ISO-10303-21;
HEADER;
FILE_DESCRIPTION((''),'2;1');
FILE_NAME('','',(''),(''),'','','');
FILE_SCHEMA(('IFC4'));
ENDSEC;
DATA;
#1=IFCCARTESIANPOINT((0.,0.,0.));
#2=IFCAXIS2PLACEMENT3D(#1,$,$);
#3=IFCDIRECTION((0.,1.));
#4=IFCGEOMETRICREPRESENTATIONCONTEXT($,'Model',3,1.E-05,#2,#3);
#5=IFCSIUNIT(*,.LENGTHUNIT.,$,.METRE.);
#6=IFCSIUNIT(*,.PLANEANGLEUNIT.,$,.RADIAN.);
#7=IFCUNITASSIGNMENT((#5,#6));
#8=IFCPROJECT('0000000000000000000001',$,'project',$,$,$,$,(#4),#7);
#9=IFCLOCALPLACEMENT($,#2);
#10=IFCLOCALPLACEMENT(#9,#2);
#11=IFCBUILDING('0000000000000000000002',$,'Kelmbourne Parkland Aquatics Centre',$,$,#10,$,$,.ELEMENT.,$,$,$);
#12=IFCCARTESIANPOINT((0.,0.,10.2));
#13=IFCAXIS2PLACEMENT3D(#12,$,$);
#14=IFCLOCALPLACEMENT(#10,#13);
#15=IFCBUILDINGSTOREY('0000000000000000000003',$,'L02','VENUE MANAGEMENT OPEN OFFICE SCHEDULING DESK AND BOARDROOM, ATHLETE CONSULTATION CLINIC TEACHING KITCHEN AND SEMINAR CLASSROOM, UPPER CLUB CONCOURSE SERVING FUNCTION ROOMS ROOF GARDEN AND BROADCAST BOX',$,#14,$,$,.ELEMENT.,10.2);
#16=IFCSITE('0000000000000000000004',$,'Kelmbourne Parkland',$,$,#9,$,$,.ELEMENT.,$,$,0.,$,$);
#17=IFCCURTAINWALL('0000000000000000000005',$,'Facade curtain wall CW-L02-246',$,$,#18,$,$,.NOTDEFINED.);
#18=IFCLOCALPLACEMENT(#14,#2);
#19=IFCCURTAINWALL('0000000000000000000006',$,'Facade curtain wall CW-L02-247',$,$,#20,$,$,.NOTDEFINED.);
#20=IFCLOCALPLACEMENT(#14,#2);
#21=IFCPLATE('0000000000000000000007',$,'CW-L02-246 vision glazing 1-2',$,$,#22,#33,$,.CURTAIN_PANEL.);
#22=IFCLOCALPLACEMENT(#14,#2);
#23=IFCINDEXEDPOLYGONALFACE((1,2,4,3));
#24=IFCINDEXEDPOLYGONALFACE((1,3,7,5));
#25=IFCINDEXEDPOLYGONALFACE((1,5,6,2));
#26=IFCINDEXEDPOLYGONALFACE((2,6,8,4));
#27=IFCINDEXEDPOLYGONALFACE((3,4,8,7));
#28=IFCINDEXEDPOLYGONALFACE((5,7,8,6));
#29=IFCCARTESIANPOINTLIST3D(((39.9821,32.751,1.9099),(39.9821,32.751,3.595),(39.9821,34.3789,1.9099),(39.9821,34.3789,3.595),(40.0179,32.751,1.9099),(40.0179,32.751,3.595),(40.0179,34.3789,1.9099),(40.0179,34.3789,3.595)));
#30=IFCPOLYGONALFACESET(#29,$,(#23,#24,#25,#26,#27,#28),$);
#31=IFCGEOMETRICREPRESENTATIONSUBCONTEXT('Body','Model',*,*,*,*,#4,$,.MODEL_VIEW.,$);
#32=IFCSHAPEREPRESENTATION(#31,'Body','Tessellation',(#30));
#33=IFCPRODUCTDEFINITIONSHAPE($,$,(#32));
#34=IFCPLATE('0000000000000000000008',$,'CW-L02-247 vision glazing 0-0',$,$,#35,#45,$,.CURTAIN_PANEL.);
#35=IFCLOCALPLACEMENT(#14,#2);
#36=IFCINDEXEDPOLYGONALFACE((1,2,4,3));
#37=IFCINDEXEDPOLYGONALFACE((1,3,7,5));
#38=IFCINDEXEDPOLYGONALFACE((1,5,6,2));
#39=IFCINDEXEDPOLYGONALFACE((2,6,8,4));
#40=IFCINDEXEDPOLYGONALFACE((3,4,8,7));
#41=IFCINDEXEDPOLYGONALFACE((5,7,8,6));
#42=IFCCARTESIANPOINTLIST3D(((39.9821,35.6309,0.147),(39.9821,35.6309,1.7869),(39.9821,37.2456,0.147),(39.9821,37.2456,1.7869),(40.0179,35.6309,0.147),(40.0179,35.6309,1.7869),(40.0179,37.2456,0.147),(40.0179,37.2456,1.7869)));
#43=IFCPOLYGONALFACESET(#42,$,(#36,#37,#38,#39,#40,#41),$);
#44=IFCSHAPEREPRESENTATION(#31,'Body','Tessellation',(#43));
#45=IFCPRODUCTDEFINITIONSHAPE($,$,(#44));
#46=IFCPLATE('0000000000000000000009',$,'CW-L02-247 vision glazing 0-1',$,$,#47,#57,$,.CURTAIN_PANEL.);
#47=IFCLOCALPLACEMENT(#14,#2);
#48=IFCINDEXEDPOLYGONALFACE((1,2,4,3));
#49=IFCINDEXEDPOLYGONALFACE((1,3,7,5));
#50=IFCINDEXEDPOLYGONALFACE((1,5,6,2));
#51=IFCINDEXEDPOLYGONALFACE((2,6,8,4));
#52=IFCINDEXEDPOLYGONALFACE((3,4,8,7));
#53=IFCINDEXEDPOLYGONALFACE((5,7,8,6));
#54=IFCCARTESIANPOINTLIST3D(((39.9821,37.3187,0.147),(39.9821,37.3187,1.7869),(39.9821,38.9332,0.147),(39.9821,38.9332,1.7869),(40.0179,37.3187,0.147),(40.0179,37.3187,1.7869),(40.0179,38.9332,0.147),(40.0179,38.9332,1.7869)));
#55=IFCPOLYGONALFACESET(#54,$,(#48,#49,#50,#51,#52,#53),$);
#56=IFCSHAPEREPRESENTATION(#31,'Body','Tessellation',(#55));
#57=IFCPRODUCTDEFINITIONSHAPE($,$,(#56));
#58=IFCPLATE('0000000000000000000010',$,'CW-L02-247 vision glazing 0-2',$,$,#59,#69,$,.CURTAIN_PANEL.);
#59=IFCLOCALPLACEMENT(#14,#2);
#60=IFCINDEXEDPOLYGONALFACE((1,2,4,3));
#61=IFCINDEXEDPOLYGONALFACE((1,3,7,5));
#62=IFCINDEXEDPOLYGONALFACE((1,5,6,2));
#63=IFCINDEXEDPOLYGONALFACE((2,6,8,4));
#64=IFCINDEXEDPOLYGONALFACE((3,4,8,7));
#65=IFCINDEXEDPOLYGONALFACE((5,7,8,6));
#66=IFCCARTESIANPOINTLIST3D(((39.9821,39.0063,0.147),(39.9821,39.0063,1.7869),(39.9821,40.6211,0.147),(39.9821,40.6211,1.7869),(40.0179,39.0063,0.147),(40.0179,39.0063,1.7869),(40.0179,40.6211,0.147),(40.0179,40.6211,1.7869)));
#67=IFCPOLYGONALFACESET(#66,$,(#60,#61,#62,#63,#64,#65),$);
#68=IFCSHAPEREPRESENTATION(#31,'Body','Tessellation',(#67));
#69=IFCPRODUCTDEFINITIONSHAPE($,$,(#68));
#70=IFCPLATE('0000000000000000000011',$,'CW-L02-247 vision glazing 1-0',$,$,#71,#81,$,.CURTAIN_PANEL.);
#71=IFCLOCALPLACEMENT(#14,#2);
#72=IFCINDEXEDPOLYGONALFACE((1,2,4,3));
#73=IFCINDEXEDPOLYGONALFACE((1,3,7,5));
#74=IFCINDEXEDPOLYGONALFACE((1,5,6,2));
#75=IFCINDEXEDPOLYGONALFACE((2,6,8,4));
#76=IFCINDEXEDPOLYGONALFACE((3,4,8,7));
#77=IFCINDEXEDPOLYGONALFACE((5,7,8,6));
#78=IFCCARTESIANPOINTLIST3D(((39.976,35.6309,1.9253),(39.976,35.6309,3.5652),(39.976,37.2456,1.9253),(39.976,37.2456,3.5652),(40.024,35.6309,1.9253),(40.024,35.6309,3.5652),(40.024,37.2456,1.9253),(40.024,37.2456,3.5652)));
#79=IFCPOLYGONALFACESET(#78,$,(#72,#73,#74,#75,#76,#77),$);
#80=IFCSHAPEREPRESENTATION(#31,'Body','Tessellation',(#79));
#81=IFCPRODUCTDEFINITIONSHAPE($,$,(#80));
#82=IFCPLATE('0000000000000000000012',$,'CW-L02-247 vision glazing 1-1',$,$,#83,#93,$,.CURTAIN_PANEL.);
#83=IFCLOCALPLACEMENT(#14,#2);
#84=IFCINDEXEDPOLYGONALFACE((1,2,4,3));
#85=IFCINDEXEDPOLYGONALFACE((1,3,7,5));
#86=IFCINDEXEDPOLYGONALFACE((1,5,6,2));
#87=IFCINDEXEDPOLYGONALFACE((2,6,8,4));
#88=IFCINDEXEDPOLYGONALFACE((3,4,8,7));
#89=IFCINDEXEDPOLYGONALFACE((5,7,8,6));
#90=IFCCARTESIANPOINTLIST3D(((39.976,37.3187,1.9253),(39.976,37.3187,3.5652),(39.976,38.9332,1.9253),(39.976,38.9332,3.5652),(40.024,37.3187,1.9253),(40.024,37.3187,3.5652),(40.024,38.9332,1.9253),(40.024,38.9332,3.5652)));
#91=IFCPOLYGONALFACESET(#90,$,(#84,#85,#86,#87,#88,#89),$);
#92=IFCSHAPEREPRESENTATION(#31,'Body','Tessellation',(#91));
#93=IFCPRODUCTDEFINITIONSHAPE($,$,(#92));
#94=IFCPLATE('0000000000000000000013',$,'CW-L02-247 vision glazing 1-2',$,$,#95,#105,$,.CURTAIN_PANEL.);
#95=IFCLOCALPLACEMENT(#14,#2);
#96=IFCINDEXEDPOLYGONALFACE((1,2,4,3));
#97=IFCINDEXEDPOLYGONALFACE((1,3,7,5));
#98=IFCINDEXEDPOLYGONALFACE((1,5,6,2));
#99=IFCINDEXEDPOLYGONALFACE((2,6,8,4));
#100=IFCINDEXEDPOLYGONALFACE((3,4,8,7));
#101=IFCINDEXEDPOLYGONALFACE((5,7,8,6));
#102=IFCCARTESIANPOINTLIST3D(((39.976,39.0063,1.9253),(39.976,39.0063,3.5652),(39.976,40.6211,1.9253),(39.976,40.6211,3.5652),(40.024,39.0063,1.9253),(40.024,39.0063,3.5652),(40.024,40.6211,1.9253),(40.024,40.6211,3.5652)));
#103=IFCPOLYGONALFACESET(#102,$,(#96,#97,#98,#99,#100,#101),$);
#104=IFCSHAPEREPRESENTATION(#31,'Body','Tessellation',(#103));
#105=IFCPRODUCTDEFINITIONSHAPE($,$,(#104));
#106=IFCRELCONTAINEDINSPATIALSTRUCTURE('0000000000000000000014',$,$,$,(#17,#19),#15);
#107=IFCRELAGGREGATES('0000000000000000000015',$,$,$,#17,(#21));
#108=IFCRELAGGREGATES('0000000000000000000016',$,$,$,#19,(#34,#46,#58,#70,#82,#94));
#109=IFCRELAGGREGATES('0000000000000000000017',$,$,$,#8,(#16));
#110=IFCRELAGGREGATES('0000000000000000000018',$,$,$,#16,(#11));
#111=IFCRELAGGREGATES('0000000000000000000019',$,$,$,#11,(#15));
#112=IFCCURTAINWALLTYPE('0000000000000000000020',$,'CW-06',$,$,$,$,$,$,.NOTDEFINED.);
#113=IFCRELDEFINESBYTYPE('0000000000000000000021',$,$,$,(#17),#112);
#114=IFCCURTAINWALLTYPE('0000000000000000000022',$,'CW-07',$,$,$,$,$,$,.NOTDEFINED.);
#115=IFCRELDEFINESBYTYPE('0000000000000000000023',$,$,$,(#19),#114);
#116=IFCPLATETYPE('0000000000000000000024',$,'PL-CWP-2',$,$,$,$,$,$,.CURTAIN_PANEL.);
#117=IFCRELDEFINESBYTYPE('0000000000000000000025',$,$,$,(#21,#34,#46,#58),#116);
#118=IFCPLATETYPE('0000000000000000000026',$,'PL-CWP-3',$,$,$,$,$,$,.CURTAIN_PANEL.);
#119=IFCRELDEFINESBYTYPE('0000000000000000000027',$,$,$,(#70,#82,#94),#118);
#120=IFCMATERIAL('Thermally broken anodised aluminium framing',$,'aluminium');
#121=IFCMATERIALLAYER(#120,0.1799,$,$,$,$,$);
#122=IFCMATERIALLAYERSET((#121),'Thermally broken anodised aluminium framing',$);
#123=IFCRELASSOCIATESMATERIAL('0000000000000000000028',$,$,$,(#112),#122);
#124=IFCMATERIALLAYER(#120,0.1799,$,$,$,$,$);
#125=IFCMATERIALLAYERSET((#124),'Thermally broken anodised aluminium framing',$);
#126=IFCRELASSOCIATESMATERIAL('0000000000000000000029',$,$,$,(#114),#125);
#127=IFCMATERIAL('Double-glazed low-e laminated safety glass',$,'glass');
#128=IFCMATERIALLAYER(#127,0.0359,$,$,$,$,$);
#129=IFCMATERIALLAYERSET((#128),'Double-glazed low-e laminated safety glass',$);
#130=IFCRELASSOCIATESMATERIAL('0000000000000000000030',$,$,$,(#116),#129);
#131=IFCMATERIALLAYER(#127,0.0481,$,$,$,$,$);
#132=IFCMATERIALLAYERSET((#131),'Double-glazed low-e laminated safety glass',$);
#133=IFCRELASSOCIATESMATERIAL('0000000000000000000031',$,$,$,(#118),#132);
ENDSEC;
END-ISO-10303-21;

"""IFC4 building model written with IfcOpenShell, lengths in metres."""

from ifc_helpers import new_model, si_unit, direction, frame, origin, origin_2d, place, context, subcontext, project, spatial, rectangle, extrude, material, layer, layer_set, type_object, element, aggregate, save


model = new_model("IFC4")

# Units and contexts
model_context = context("Model", 3, precision=1e-05, world=origin(), true_north=direction((0.0, 1.0)))
body_context = subcontext(model_context, "Body", "Model", "MODEL_VIEW")
ifc_project = project(units=[si_unit("LENGTHUNIT", "METRE"), si_unit("PLANEANGLEUNIT", "RADIAN")], contexts=[model_context])

# Site, building, storey
site_placement = place(None, origin())
site = spatial("IfcSite", under=ifc_project, at=site_placement, Name="Kelmbourne Parkland", CompositionType="ELEMENT", RefElevation=0.0)
building_placement = place(site_placement, origin())
building = spatial("IfcBuilding", under=site, at=building_placement, Name="Kelmbourne Parkland Aquatics Centre", CompositionType="ELEMENT")
storey_placement = place(building_placement, frame((0.0, 0.0, 10.2)))
storey = spatial("IfcBuildingStorey", under=building, at=storey_placement, Name="L02", Description="VENUE MANAGEMENT OPEN OFFICE SCHEDULING DESK AND BOARDROOM, ATHLETE CONSULTATION CLINIC TEACHING KITCHEN AND SEMINAR CLASSROOM, UPPER CLUB CONCOURSE SERVING FUNCTION ROOMS ROOF GARDEN AND BROADCAST BOX", CompositionType="ELEMENT", Elevation=10.2)

# Curtain wall
ifc_material_1 = material(Name="Thermally broken anodised aluminium framing", Category="aluminium")
ifc_layer_1 = layer(ifc_material_1, 0.1799)
ifc_layer_set_1 = layer_set([ifc_layer_1], Name="Thermally broken anodised aluminium framing")
curtain_wall_type_1 = type_object("IfcCurtainWallType", Name="CW-06", PredefinedType="NOTDEFINED", material=ifc_layer_set_1)
curtain_wall_1_placement = place(storey_placement, origin())
curtain_wall_1 = element("IfcCurtainWall", 1, at=curtain_wall_1_placement, inside=storey, type_object=curtain_wall_type_1, Name="Facade curtain wall CW-L02-246", PredefinedType="NOTDEFINED")

# Curtain wall
ifc_layer_2 = layer(ifc_material_1, 0.1799)
ifc_layer_set_2 = layer_set([ifc_layer_2], Name="Thermally broken anodised aluminium framing")
curtain_wall_type_2 = type_object("IfcCurtainWallType", Name="CW-07", PredefinedType="NOTDEFINED", material=ifc_layer_set_2)
curtain_wall_2_placement = place(storey_placement, origin())
curtain_wall_2 = element("IfcCurtainWall", 2, at=curtain_wall_2_placement, inside=storey, type_object=curtain_wall_type_2, Name="Facade curtain wall CW-L02-247", PredefinedType="NOTDEFINED")

# Plates
ifc_material_2 = material(Name="Double-glazed low-e laminated safety glass", Category="glass")
ifc_layer_3 = layer(ifc_material_2, 0.0359)
ifc_layer_set_3 = layer_set([ifc_layer_3], Name="Double-glazed low-e laminated safety glass")
plate_type_1 = type_object("IfcPlateType", Name="PL-CWP-2", PredefinedType="CURTAIN_PANEL", material=ifc_layer_set_3)
plate_1_placement = place(storey_placement, frame((40.0, 33.5649, 1.9099), z_axis=(0.0, 0.0, 1.0), x_axis=(0.0, 1.0, 0.0)))
plate_1 = element("IfcPlate", 3, at=plate_1_placement, type_object=plate_type_1, Name="CW-L02-246 vision glazing 1-2", PredefinedType="CURTAIN_PANEL", context=body_context, shape_type="SweptSolid", body=[
    extrude(rectangle(XDim=1.6279, YDim=0.0359, at=origin_2d()), origin(), (0.0, 0.0, 1.0), 1.6851),
])
aggregate(curtain_wall_1, [plate_1])
plate_2_placement = place(storey_placement, frame((40.0, 36.4382, 0.147), z_axis=(0.0, 0.0, 1.0), x_axis=(0.0, 1.0, 0.0)))
plate_2 = element("IfcPlate", 4, at=plate_2_placement, type_object=plate_type_1, Name="CW-L02-247 vision glazing 0-0", PredefinedType="CURTAIN_PANEL", context=body_context, shape_type="SweptSolid", body=[
    extrude(rectangle(XDim=1.6147, YDim=0.0359, at=origin_2d()), origin(), (0.0, 0.0, 1.0), 1.6399),
])
plate_3_placement = place(storey_placement, frame((40.0, 38.126, 0.147), z_axis=(0.0, 0.0, 1.0), x_axis=(0.0, 1.0, 0.0)))
plate_3 = element("IfcPlate", 5, at=plate_3_placement, type_object=plate_type_1, Name="CW-L02-247 vision glazing 0-1", PredefinedType="CURTAIN_PANEL", context=body_context, shape_type="SweptSolid", body=[
    extrude(rectangle(XDim=1.6145, YDim=0.0359, at=origin_2d()), origin(), (0.0, 0.0, 1.0), 1.6399),
])
plate_4_placement = place(storey_placement, frame((40.0, 39.8137, 0.147), z_axis=(0.0, 0.0, 1.0), x_axis=(0.0, 1.0, 0.0)))
plate_4 = element("IfcPlate", 6, at=plate_4_placement, type_object=plate_type_1, Name="CW-L02-247 vision glazing 0-2", PredefinedType="CURTAIN_PANEL", context=body_context, shape_type="SweptSolid", body=[
    extrude(rectangle(XDim=1.6147, YDim=0.0359, at=origin_2d()), origin(), (0.0, 0.0, 1.0), 1.6399),
])
ifc_layer_4 = layer(ifc_material_2, 0.0481)
ifc_layer_set_4 = layer_set([ifc_layer_4], Name="Double-glazed low-e laminated safety glass")
plate_type_2 = type_object("IfcPlateType", Name="PL-CWP-3", PredefinedType="CURTAIN_PANEL", material=ifc_layer_set_4)
plate_5_placement = place(storey_placement, frame((40.0, 36.4382, 1.9253), z_axis=(0.0, 0.0, 1.0), x_axis=(0.0, 1.0, 0.0)))
plate_5 = element("IfcPlate", 7, at=plate_5_placement, type_object=plate_type_2, Name="CW-L02-247 vision glazing 1-0", PredefinedType="CURTAIN_PANEL", context=body_context, shape_type="SweptSolid", body=[
    extrude(rectangle(XDim=1.6147, YDim=0.0481, at=origin_2d()), origin(), (0.0, 0.0, 1.0), 1.6399),
])
plate_6_placement = place(storey_placement, frame((40.0, 38.126, 1.9253), z_axis=(0.0, 0.0, 1.0), x_axis=(0.0, 1.0, 0.0)))
plate_6 = element("IfcPlate", 8, at=plate_6_placement, type_object=plate_type_2, Name="CW-L02-247 vision glazing 1-1", PredefinedType="CURTAIN_PANEL", context=body_context, shape_type="SweptSolid", body=[
    extrude(rectangle(XDim=1.6145, YDim=0.0481, at=origin_2d()), origin(), (0.0, 0.0, 1.0), 1.6399),
])
plate_7_placement = place(storey_placement, frame((40.0, 39.8137, 1.9253), z_axis=(0.0, 0.0, 1.0), x_axis=(0.0, 1.0, 0.0)))
plate_7 = element("IfcPlate", 9, at=plate_7_placement, type_object=plate_type_2, Name="CW-L02-247 vision glazing 1-2", PredefinedType="CURTAIN_PANEL", context=body_context, shape_type="SweptSolid", body=[
    extrude(rectangle(XDim=1.6147, YDim=0.0481, at=origin_2d()), origin(), (0.0, 0.0, 1.0), 1.6399),
])
aggregate(curtain_wall_2, [plate_2, plate_3, plate_4, plate_5, plate_6, plate_7])

save(model, "model.ifc")
